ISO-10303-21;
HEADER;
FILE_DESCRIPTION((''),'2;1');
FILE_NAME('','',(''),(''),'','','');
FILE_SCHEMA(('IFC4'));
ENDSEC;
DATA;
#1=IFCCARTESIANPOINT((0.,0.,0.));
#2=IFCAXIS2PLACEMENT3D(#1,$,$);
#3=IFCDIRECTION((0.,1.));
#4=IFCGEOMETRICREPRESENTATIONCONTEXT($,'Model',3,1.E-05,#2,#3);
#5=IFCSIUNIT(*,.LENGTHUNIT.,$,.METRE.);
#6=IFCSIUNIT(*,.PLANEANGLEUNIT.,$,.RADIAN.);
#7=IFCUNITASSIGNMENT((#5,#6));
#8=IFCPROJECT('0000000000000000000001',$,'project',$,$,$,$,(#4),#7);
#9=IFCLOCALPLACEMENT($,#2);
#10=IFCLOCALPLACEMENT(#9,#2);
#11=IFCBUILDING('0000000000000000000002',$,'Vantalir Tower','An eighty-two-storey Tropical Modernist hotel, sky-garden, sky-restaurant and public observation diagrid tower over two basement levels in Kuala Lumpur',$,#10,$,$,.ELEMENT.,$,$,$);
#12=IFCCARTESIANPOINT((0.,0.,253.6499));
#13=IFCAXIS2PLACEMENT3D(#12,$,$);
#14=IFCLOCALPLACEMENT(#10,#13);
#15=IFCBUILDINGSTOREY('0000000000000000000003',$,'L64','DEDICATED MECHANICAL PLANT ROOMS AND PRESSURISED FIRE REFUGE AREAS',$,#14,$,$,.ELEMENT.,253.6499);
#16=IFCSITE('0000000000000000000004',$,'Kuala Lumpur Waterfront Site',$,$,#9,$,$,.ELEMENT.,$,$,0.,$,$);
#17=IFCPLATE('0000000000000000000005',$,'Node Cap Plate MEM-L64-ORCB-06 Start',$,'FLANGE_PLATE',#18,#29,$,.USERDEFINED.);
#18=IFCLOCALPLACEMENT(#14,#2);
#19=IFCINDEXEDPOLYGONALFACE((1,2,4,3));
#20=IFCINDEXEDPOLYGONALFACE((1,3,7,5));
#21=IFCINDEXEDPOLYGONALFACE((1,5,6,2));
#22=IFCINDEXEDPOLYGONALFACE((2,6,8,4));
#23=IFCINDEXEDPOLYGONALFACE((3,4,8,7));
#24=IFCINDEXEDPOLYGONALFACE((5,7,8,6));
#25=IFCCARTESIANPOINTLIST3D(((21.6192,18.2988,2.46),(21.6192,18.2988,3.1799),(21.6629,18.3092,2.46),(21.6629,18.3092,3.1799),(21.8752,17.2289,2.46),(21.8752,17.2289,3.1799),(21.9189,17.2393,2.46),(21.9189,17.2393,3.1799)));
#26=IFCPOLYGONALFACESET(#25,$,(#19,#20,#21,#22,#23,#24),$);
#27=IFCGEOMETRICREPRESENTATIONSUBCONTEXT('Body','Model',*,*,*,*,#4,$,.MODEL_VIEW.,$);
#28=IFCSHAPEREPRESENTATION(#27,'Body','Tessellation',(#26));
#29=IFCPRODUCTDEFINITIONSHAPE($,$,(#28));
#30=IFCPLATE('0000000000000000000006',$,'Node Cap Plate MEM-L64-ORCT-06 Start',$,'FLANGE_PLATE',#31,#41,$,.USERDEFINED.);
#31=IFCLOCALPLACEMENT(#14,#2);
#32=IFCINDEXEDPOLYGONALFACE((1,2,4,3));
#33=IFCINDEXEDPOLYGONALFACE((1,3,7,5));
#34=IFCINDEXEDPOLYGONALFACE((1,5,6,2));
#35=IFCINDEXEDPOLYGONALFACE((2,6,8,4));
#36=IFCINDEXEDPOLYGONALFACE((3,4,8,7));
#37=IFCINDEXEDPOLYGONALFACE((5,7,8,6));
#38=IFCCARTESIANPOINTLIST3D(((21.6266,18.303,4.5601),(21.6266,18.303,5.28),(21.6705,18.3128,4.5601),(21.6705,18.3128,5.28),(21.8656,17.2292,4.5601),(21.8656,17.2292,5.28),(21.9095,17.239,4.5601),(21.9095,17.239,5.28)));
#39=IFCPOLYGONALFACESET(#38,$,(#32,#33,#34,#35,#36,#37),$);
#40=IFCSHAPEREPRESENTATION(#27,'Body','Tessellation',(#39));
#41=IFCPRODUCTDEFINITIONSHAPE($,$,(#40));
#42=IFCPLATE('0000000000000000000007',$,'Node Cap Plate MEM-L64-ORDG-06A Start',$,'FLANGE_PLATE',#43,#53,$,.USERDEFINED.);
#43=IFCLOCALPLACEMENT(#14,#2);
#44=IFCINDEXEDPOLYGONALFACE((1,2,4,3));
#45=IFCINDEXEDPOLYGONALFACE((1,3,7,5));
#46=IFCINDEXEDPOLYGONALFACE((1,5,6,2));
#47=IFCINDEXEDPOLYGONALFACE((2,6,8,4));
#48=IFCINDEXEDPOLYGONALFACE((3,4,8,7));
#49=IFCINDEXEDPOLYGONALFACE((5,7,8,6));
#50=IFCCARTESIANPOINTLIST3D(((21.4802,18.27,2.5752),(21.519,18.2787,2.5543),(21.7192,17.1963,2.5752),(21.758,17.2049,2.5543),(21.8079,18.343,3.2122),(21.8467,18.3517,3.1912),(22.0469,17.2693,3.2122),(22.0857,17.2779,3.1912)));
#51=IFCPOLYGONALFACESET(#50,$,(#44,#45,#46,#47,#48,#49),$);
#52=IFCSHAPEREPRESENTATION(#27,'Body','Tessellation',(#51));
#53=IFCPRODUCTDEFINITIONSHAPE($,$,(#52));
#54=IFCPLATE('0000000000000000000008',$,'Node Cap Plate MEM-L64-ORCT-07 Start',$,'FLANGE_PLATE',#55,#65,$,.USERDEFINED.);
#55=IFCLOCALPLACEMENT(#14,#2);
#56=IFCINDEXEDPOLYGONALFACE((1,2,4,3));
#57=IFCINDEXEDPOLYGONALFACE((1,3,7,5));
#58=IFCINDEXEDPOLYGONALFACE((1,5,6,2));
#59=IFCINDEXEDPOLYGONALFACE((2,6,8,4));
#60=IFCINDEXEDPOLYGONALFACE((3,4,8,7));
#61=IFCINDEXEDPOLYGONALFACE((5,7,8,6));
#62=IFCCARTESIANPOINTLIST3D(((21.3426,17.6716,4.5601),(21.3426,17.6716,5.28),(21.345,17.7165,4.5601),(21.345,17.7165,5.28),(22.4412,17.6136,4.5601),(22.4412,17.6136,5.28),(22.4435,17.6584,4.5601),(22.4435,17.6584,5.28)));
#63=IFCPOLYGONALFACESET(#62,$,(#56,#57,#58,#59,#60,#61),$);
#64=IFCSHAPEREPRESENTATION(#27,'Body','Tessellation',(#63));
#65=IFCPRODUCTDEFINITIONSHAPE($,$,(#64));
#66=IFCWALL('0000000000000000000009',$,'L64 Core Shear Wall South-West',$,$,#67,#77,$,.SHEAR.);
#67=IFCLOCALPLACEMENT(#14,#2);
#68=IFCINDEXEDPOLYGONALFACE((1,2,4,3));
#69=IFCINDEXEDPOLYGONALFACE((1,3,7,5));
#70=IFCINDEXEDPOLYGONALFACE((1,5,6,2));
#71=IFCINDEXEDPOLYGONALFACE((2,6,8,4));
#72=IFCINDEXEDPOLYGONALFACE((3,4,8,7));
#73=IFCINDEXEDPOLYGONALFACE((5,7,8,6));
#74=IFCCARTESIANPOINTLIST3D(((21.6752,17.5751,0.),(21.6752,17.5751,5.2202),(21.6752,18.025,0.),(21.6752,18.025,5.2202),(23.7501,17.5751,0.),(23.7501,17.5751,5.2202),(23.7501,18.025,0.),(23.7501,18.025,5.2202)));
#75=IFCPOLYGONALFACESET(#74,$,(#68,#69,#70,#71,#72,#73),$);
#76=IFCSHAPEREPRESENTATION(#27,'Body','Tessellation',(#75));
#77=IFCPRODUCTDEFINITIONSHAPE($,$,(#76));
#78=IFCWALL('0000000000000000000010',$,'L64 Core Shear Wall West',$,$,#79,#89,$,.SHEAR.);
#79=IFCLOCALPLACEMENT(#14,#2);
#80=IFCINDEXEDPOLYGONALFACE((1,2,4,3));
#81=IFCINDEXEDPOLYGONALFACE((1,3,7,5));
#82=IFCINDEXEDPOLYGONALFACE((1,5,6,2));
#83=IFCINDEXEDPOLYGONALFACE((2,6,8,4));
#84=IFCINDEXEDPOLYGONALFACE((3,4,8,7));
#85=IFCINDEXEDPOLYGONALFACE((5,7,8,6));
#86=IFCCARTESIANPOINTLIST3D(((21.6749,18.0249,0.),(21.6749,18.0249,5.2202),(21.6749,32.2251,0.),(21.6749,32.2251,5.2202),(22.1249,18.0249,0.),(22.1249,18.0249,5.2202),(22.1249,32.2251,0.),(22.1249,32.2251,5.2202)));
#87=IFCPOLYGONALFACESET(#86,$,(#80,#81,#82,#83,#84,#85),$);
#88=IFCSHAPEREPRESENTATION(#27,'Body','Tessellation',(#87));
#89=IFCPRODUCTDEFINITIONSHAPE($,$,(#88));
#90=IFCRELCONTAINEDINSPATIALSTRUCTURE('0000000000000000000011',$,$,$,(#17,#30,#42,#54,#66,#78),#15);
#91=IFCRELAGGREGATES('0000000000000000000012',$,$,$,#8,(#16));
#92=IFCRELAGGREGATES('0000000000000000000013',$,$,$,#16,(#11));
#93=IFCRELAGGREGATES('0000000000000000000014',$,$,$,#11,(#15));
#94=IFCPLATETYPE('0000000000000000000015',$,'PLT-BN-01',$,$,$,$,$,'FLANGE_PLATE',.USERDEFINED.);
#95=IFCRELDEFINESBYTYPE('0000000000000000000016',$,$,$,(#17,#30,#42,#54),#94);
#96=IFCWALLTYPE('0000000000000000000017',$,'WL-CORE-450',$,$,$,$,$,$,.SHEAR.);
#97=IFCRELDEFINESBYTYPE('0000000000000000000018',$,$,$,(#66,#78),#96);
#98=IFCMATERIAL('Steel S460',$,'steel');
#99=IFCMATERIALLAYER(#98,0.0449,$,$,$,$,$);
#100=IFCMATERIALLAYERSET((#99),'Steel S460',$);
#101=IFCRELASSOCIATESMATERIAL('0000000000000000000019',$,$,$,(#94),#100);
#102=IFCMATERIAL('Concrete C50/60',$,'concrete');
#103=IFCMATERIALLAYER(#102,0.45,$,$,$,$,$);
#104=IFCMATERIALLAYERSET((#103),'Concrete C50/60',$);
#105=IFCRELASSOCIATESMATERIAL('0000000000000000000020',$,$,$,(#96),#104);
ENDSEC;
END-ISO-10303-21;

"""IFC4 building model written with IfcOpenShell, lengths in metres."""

from ifc_helpers import new_model, si_unit, direction, frame, frame_2d, origin, origin_2d, place, context, subcontext, project, spatial, polyline, rectangle, outline, extrude, material, layer, layer_set, type_object, element, save


model = new_model("IFC4")

# Units and contexts
model_context = context("Model", 3, precision=1e-05, world=origin(), true_north=direction((0.0, 1.0)))
body_context = subcontext(model_context, "Body", "Model", "MODEL_VIEW")
ifc_project = project(units=[si_unit("LENGTHUNIT", "METRE"), si_unit("PLANEANGLEUNIT", "RADIAN")], contexts=[model_context])

# Site, building, storey
site_placement = place(None, origin())
site = spatial("IfcSite", under=ifc_project, at=site_placement, Name="Kuala Lumpur Waterfront Site", CompositionType="ELEMENT", RefElevation=0.0)
building_placement = place(site_placement, origin())
building = spatial("IfcBuilding", under=site, at=building_placement, Name="Vantalir Tower", Description="An eighty-two-storey Tropical Modernist hotel, sky-garden, sky-restaurant and public observation diagrid tower over two basement levels in Kuala Lumpur", CompositionType="ELEMENT")
storey_placement = place(building_placement, frame((0.0, 0.0, 253.6499)))
storey = spatial("IfcBuildingStorey", under=building, at=storey_placement, Name="L64", Description="DEDICATED MECHANICAL PLANT ROOMS AND PRESSURISED FIRE REFUGE AREAS", CompositionType="ELEMENT", Elevation=253.6499)

# Shared definitions
ifc_material_1 = material(Name="Concrete C50/60", Category="concrete")

# Shared definitions
ifc_material_2 = material(Name="Steel S460", Category="steel")

# Plates
ifc_layer_1 = layer(ifc_material_2, 0.0449)
ifc_layer_set_1 = layer_set([ifc_layer_1], Name="Steel S460")
plate_type = type_object("IfcPlateType", Name="PLT-BN-01", ElementType="FLANGE_PLATE", PredefinedType="USERDEFINED", material=ifc_layer_set_1)
for number, where, z_axis, x_axis, name in (
    (1, (21.769, 17.769, 2.46), (0.0, 0.0, 1.0), (-0.972545, -0.232716, 0.0), "Node Cap Plate MEM-L64-ORCB-06 Start"),
    (2, (21.7681, 17.771, 4.5601), (0.0, 0.0, 1.0), (-0.976118, -0.21724, 0.0), "Node Cap Plate MEM-L64-ORCT-06 Start"),
):
    element("IfcPlate", number, at=place(storey_placement, frame(where, z_axis=z_axis, x_axis=x_axis)), inside=storey, type_object=plate_type, Name=name, ObjectType="FLANGE_PLATE", PredefinedType="USERDEFINED", context=body_context, shape_type="SweptSolid", body=[
        extrude(rectangle(XDim=0.0449, YDim=1.1001, at=origin_2d()), origin(), (0.0, 0.0, 1.0), 0.72),
    ])
plate_1_placement = place(storey_placement, frame((21.4802, 18.27, 2.5752), z_axis=(-0.863538, -0.192225, 0.46621), x_axis=(0.217283, -0.976109, 0.0)))
element("IfcPlate", 3, at=plate_1_placement, inside=storey, type_object=plate_type, Name="Node Cap Plate MEM-L64-ORDG-06A Start", ObjectType="FLANGE_PLATE", PredefinedType="USERDEFINED", context=body_context, shape_type="SweptSolid", body=[
    extrude(outline(polyline([(0.0, 0.0), (1.1, 0.0), (1.0999, 0.72), (-0.0001, 0.72), (0.0, 0.0)])), origin(), (0.0, 0.0, -1.0), 0.0449),
])
plate_2_placement = place(storey_placement, frame((21.8931, 17.665, 4.5601), z_axis=(0.0, 0.0, 1.0), x_axis=(-0.052789, -0.998606, 0.0)))
element("IfcPlate", 4, at=plate_2_placement, inside=storey, type_object=plate_type, Name="Node Cap Plate MEM-L64-ORCT-07 Start", ObjectType="FLANGE_PLATE", PredefinedType="USERDEFINED", context=body_context, shape_type="SweptSolid", body=[
    extrude(rectangle(XDim=0.0449, YDim=1.1001, at=origin_2d()), origin(), (0.0, 0.0, 1.0), 0.72),
])

# Walls
ifc_layer_2 = layer(ifc_material_1, 0.45)
ifc_layer_set_2 = layer_set([ifc_layer_2], Name="Concrete C50/60")
wall_type = type_object("IfcWallType", Name="WL-CORE-450", PredefinedType="SHEAR", material=ifc_layer_set_2)
wall_1_placement = place(storey_placement, frame((21.675, 17.8, 0.0), z_axis=(0.0, 0.0, 1.0), x_axis=(1.0, 0.0, 0.0)))
element("IfcWall", 5, at=wall_1_placement, inside=storey, type_object=wall_type, Name="L64 Core Shear Wall South-West", PredefinedType="SHEAR", context=body_context, shape_type="SweptSolid", body=[
    extrude(rectangle(XDim=2.075, YDim=0.45, at=frame_2d((1.0376, 0.0))), origin(), (0.0, 0.0, 1.0), 5.2202),
])
wall_2_placement = place(storey_placement, frame((21.8999, 18.0249, 0.0), z_axis=(0.0, 0.0, 1.0), x_axis=(0.0, 1.0, 0.0)))
element("IfcWall", 6, at=wall_2_placement, inside=storey, type_object=wall_type, Name="L64 Core Shear Wall West", PredefinedType="SHEAR", context=body_context, shape_type="SweptSolid", body=[
    extrude(rectangle(XDim=14.2002, YDim=0.45, at=frame_2d((7.1001, 0.0))), origin(), (0.0, 0.0, 1.0), 5.2202),
])

save(model, "model.ifc")
